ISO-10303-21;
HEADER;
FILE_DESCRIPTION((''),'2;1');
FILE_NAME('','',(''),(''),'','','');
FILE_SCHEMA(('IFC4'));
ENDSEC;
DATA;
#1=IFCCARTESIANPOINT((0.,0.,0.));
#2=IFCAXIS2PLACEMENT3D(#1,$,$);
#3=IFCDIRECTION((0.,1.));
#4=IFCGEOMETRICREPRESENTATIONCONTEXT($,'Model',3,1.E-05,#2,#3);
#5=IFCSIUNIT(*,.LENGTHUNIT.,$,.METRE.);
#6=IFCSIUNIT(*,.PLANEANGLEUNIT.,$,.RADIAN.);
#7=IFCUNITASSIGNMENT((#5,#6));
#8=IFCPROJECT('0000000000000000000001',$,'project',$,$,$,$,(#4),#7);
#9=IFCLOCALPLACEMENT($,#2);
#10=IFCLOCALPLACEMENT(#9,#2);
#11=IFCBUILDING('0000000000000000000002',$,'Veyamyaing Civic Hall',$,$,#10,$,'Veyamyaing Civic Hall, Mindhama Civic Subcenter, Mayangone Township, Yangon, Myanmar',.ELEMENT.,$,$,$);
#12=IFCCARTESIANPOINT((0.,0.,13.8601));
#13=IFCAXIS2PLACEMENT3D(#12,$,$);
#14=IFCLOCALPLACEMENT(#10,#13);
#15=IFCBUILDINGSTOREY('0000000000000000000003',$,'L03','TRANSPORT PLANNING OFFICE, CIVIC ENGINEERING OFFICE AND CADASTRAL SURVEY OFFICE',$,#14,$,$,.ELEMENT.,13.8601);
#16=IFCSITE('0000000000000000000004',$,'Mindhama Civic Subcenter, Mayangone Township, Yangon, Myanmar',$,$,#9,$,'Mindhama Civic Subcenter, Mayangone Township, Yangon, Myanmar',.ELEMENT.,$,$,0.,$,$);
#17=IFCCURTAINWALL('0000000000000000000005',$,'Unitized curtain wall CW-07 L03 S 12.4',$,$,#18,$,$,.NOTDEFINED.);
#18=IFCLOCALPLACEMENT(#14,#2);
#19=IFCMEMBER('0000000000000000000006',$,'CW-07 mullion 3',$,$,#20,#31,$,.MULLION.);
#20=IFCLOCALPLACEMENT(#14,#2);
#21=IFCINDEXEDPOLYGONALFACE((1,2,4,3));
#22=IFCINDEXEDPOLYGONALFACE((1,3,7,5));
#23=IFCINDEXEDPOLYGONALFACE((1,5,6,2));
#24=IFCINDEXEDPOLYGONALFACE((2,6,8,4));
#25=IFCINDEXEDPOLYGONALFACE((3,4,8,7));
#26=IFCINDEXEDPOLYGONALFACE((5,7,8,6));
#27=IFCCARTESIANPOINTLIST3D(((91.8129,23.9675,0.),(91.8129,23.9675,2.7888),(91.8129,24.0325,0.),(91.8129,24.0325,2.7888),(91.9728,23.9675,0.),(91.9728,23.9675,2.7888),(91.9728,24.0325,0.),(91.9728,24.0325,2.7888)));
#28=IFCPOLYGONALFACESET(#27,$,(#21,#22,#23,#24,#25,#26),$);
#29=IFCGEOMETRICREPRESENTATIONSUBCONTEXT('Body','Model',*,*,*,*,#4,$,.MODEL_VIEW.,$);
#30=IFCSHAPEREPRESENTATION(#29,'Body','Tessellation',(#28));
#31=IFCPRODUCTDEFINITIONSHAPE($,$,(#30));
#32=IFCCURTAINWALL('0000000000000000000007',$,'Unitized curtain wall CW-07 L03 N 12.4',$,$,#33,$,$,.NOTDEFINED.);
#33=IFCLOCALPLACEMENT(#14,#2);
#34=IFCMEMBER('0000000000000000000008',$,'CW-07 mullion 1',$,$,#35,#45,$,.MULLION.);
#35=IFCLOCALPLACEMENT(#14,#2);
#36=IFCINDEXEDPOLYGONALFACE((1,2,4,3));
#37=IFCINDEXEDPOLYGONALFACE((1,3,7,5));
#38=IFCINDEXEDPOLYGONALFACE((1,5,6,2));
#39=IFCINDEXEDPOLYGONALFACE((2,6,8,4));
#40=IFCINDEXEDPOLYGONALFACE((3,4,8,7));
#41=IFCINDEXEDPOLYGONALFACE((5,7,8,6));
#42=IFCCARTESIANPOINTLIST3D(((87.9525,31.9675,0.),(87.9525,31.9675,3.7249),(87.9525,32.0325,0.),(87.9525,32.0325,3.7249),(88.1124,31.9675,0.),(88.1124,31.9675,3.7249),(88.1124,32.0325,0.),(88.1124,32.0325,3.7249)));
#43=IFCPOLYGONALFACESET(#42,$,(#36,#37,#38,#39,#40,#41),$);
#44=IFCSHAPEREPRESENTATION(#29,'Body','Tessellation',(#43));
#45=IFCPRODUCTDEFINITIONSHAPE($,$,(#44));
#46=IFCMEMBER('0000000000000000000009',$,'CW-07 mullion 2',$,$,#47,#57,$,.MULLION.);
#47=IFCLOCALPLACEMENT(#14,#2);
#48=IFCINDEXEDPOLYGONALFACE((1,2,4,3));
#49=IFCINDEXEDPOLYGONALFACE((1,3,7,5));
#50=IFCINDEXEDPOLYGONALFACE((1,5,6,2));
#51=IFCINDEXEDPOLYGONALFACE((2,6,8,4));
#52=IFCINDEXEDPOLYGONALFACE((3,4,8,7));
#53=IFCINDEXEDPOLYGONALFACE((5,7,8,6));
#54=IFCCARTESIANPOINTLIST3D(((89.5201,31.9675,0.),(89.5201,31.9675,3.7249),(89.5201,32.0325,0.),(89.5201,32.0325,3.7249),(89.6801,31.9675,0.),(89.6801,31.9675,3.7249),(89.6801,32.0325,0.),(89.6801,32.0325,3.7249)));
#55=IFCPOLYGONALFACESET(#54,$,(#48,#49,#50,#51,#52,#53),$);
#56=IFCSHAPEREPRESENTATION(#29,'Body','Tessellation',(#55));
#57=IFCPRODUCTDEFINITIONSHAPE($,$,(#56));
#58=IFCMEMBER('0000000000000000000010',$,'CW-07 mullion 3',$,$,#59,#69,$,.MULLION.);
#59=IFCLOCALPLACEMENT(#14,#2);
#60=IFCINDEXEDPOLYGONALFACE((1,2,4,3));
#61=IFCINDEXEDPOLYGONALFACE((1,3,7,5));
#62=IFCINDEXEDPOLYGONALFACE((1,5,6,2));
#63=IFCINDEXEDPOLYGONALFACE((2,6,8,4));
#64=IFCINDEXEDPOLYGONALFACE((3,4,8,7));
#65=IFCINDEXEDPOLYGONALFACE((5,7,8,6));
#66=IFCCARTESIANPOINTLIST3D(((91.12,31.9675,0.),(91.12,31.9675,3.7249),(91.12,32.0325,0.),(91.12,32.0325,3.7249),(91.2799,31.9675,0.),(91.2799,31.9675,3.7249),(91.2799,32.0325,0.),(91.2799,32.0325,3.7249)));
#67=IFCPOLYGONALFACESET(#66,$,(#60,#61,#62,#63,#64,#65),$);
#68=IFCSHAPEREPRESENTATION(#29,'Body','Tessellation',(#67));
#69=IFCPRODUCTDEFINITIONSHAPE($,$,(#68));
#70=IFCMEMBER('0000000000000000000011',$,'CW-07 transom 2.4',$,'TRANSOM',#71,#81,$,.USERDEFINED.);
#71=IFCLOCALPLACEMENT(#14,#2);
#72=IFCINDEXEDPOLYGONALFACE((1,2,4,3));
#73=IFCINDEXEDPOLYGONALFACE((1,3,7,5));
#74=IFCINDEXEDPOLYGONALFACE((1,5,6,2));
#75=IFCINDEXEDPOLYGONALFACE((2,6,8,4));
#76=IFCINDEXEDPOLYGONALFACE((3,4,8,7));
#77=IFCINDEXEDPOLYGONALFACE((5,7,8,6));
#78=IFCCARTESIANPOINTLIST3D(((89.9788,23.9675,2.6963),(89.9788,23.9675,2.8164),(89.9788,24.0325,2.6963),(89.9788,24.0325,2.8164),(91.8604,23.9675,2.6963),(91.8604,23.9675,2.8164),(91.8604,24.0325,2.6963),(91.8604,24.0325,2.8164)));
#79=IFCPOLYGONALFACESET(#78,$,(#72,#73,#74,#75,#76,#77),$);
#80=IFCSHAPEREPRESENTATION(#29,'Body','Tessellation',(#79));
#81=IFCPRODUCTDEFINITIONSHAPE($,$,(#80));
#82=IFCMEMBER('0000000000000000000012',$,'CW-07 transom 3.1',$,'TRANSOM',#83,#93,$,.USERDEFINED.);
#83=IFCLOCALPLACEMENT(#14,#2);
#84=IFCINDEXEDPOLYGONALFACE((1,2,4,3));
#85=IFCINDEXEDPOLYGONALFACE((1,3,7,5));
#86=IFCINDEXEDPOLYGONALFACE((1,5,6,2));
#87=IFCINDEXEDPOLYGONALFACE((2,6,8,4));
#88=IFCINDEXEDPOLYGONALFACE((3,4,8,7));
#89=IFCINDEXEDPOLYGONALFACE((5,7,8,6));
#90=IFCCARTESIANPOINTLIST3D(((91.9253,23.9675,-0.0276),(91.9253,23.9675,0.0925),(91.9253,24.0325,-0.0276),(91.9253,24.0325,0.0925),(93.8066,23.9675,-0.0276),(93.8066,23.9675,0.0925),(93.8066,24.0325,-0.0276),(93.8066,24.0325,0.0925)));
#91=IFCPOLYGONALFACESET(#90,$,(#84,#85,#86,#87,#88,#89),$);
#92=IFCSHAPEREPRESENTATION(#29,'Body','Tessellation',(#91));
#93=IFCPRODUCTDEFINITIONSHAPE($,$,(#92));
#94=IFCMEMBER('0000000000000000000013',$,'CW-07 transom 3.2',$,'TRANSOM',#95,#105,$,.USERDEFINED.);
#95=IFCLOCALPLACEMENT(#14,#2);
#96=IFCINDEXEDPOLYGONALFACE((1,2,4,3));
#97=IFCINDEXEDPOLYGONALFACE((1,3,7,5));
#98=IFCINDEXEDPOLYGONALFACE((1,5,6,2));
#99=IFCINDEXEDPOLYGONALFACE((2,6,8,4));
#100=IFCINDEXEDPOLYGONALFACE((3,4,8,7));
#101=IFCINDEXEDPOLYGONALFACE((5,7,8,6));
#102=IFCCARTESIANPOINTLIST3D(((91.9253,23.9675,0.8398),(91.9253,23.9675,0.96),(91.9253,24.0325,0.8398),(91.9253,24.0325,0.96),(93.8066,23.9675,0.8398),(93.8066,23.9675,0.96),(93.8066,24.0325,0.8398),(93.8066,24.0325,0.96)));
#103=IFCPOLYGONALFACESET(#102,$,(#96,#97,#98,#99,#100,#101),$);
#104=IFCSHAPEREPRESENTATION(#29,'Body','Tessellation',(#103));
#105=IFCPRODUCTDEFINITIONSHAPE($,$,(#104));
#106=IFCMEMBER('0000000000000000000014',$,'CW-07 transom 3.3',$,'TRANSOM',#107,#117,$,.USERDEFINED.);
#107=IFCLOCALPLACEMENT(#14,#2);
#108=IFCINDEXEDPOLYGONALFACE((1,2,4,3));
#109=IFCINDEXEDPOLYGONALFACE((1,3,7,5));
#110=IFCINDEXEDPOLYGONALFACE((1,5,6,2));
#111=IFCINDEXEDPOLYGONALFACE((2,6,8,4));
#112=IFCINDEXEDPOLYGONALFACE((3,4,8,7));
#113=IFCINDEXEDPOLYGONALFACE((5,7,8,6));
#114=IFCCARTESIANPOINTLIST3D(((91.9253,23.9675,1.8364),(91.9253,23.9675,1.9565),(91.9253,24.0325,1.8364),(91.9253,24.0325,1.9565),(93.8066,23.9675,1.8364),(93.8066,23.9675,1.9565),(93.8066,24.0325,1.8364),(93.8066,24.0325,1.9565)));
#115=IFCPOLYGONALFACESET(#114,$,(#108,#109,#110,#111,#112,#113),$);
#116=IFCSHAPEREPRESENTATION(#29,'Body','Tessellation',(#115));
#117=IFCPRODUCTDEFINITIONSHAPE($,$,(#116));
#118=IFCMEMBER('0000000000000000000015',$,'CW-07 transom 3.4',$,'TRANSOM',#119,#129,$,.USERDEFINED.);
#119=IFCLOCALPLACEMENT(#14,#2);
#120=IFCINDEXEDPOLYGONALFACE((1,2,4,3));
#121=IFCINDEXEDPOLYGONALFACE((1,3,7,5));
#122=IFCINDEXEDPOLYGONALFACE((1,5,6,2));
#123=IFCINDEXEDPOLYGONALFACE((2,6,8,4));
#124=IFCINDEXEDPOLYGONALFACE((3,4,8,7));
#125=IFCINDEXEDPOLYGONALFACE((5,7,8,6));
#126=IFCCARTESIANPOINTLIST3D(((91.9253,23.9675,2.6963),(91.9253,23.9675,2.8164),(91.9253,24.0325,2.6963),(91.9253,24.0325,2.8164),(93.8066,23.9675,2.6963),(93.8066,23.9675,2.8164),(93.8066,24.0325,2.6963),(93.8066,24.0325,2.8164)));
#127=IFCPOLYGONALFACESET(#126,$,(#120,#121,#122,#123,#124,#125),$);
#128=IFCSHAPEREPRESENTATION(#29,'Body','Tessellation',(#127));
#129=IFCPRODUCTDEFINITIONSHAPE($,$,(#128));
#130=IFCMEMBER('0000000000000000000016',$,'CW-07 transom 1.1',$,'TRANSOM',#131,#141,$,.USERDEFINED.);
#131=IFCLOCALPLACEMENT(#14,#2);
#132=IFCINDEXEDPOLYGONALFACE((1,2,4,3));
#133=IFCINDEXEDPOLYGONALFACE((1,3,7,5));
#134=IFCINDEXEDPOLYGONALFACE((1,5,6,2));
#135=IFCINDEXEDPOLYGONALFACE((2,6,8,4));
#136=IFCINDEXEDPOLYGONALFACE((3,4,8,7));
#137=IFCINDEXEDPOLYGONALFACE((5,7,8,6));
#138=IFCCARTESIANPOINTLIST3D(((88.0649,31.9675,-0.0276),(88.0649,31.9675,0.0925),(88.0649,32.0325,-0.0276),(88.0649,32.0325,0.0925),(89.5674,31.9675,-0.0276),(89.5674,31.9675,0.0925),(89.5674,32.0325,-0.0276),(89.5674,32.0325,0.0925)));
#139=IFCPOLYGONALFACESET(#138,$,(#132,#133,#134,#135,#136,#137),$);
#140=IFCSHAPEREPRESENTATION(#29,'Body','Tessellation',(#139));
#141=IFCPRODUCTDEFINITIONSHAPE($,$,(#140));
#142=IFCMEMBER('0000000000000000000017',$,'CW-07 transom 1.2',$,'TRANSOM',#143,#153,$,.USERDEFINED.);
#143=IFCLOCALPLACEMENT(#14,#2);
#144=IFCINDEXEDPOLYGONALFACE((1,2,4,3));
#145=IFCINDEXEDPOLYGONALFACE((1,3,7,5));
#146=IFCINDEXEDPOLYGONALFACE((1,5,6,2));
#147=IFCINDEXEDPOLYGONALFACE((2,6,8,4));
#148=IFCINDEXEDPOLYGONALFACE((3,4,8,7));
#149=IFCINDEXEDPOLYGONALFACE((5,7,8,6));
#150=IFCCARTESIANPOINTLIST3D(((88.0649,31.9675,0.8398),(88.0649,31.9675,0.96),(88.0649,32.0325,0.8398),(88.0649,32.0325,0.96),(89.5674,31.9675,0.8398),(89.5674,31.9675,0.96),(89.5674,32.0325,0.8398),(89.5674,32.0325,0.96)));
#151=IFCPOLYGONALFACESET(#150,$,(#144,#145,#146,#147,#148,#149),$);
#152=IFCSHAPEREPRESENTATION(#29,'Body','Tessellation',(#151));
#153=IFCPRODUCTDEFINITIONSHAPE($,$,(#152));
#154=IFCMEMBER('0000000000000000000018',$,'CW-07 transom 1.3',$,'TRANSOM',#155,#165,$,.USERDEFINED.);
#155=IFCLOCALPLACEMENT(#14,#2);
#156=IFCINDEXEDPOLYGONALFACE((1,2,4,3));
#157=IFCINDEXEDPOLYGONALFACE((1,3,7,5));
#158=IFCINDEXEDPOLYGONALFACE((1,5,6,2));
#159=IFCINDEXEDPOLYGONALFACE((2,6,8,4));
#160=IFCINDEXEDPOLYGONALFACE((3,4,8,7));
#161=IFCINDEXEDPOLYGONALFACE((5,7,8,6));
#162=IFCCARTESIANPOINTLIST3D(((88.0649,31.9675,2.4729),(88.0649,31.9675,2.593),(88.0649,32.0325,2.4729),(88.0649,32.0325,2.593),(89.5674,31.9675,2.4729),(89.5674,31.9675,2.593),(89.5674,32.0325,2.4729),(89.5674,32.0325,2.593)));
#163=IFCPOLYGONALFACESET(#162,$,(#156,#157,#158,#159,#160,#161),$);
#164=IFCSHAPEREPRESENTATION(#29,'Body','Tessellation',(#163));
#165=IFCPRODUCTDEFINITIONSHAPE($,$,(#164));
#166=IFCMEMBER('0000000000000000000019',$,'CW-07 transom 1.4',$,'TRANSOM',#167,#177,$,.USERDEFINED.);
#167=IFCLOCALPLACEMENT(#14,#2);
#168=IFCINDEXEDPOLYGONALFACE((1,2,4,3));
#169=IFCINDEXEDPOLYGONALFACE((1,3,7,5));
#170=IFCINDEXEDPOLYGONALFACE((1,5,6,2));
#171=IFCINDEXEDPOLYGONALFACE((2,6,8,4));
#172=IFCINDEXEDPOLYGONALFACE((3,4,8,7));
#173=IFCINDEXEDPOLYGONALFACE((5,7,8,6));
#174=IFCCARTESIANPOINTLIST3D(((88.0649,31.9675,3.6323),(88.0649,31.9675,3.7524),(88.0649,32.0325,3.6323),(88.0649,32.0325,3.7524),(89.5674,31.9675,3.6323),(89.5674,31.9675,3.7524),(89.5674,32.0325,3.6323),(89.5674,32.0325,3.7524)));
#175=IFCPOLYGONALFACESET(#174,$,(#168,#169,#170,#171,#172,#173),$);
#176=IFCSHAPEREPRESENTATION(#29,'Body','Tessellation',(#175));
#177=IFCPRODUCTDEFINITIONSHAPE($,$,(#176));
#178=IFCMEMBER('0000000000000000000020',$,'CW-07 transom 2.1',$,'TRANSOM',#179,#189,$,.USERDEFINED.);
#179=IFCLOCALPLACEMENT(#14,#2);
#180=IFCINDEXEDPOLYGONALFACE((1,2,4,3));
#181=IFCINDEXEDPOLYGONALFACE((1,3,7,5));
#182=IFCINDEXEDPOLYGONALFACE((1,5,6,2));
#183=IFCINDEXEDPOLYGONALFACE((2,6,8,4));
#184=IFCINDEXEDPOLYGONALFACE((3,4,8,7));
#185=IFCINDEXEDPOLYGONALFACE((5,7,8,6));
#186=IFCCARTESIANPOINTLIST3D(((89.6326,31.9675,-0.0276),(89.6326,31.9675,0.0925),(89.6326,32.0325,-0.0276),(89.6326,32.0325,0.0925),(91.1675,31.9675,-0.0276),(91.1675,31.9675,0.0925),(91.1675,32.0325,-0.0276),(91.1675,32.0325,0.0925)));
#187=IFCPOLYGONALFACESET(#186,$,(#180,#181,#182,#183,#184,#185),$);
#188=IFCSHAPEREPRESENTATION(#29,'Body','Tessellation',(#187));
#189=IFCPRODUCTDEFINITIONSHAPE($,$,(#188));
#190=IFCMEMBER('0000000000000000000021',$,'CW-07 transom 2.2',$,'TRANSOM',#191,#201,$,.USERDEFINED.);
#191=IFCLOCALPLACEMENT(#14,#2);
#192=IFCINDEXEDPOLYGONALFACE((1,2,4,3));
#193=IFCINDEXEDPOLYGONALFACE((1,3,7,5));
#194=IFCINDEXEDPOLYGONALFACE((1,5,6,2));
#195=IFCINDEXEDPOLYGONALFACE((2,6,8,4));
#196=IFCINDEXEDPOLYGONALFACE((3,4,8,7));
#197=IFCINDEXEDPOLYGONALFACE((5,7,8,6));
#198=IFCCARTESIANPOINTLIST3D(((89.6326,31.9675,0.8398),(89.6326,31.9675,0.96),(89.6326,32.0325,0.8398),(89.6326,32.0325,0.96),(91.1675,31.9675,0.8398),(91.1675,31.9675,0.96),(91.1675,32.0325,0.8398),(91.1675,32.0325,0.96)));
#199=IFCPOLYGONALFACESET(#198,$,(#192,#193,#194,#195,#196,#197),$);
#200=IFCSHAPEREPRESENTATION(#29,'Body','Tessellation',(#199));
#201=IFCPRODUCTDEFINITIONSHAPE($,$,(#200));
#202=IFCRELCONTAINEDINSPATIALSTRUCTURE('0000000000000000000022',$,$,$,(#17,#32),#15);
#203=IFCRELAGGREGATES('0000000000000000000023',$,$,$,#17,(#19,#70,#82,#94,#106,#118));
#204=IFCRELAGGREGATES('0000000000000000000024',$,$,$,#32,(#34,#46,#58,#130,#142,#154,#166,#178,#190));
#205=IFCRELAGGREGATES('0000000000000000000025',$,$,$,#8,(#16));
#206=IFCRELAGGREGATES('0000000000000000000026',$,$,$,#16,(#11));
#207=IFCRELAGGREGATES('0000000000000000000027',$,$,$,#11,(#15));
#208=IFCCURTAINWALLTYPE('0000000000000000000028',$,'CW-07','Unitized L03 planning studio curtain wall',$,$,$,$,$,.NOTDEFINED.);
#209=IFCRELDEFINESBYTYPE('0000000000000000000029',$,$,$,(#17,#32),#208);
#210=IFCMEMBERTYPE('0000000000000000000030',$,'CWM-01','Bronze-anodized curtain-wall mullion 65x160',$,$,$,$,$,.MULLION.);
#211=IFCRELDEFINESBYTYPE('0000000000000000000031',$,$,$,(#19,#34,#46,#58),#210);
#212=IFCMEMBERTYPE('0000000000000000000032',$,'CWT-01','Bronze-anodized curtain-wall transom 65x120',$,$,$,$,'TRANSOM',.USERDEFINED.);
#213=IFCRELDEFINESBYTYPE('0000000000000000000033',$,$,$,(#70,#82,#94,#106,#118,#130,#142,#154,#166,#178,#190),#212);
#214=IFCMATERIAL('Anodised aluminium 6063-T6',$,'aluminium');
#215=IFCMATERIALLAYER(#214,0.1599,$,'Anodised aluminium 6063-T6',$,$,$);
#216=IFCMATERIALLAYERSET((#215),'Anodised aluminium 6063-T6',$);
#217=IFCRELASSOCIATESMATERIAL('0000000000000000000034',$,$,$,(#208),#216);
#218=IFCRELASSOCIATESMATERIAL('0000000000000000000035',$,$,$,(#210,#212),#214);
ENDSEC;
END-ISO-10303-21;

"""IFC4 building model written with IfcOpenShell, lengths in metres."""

from ifc_helpers import new_model, si_unit, direction, frame, origin, origin_2d, place, context, subcontext, project, spatial, rectangle, extrude, material, layer, layer_set, material_profile, profile_set, type_object, element, aggregate, save


model = new_model("IFC4")

# Units and contexts
model_context = context("Model", 3, precision=1e-05, world=origin(), true_north=direction((0.0, 1.0)))
body_context = subcontext(model_context, "Body", "Model", "MODEL_VIEW")
ifc_project = project(units=[si_unit("LENGTHUNIT", "METRE"), si_unit("PLANEANGLEUNIT", "RADIAN")], contexts=[model_context])

# Site, building, storey
site_placement = place(None, origin())
site = spatial("IfcSite", under=ifc_project, at=site_placement, Name="Mindhama Civic Subcenter, Mayangone Township, Yangon, Myanmar", LongName="Mindhama Civic Subcenter, Mayangone Township, Yangon, Myanmar", CompositionType="ELEMENT", RefElevation=0.0)
building_placement = place(site_placement, origin())
building = spatial("IfcBuilding", under=site, at=building_placement, Name="Veyamyaing Civic Hall", LongName="Veyamyaing Civic Hall, Mindhama Civic Subcenter, Mayangone Township, Yangon, Myanmar", CompositionType="ELEMENT")
storey_placement = place(building_placement, frame((0.0, 0.0, 13.8601)))
storey = spatial("IfcBuildingStorey", under=building, at=storey_placement, Name="L03", Description="TRANSPORT PLANNING OFFICE, CIVIC ENGINEERING OFFICE AND CADASTRAL SURVEY OFFICE", CompositionType="ELEMENT", Elevation=13.8601)

# Curtain wall, member
ifc_material_1 = material(Name="Anodised aluminium 6063-T6", Category="aluminium")
ifc_layer_1 = layer(ifc_material_1, 0.1599, Name="Anodised aluminium 6063-T6")
ifc_layer_set_1 = layer_set([ifc_layer_1], Name="Anodised aluminium 6063-T6")
curtain_wall_type = type_object("IfcCurtainWallType", Name="CW-07", Description="Unitized L03 planning studio curtain wall", PredefinedType="NOTDEFINED", material=ifc_layer_set_1)
curtain_wall_1_placement = place(storey_placement, origin())
curtain_wall_1 = element("IfcCurtainWall", 1, at=curtain_wall_1_placement, inside=storey, type_object=curtain_wall_type, Name="Unitized curtain wall CW-07 L03 S 12.4", PredefinedType="NOTDEFINED")
ifc_material_profile_1 = material_profile(ifc_material_1, rectangle(XDim=0.0649, YDim=0.1599, at=origin_2d()), Name="ALU-MUL-65X160")
ifc_profile_set_1 = profile_set([ifc_material_profile_1], Name="Anodised aluminium 6063-T6")
member_type_1 = type_object("IfcMemberType", Name="CWM-01", Description="Bronze-anodized curtain-wall mullion 65x160", PredefinedType="MULLION", material=ifc_profile_set_1)
member_1_placement = place(storey_placement, frame((91.8928, 24.0, 0.0), z_axis=(0.0, 0.0, 1.0), x_axis=(0.0, 1.0, 0.0)))
member_1 = element("IfcMember", 2, at=member_1_placement, type_object=member_type_1, Name="CW-07 mullion 3", PredefinedType="MULLION", context=body_context, shape_type="SweptSolid", body=[
    extrude(rectangle(XDim=0.0649, YDim=0.1599, at=origin_2d()), origin(), (0.0, 0.0, 1.0), 2.7888),
])

# Curtain wall, members
curtain_wall_2_placement = place(storey_placement, origin())
curtain_wall_2 = element("IfcCurtainWall", 3, at=curtain_wall_2_placement, inside=storey, type_object=curtain_wall_type, Name="Unitized curtain wall CW-07 L03 N 12.4", PredefinedType="NOTDEFINED")
member_2_placement = place(storey_placement, frame((88.0325, 32.0, 0.0), z_axis=(0.0, 0.0, 1.0), x_axis=(0.0, 1.0, 0.0)))
member_2 = element("IfcMember", 4, at=member_2_placement, type_object=member_type_1, Name="CW-07 mullion 1", PredefinedType="MULLION", context=body_context, shape_type="SweptSolid", body=[
    extrude(rectangle(XDim=0.0649, YDim=0.1599, at=origin_2d()), origin(), (0.0, 0.0, 1.0), 3.7249),
])
member_3_placement = place(storey_placement, frame((89.6001, 32.0, 0.0), z_axis=(0.0, 0.0, 1.0), x_axis=(0.0, 1.0, 0.0)))
member_3 = element("IfcMember", 5, at=member_3_placement, type_object=member_type_1, Name="CW-07 mullion 2", PredefinedType="MULLION", context=body_context, shape_type="SweptSolid", body=[
    extrude(rectangle(XDim=0.0649, YDim=0.1599, at=origin_2d()), origin(), (0.0, 0.0, 1.0), 3.7249),
])
member_4_placement = place(storey_placement, frame((91.2, 32.0, 0.0), z_axis=(0.0, 0.0, 1.0), x_axis=(0.0, 1.0, 0.0)))
member_4 = element("IfcMember", 6, at=member_4_placement, type_object=member_type_1, Name="CW-07 mullion 3", PredefinedType="MULLION", context=body_context, shape_type="SweptSolid", body=[
    extrude(rectangle(XDim=0.0649, YDim=0.1599, at=origin_2d()), origin(), (0.0, 0.0, 1.0), 3.7249),
])

# Members
ifc_material_profile_2 = material_profile(ifc_material_1, rectangle(XDim=0.0649, YDim=0.1201, at=origin_2d()), Name="ALU-TRN-65X120")
ifc_profile_set_2 = profile_set([ifc_material_profile_2], Name="Anodised aluminium 6063-T6")
member_type_2 = type_object("IfcMemberType", Name="CWT-01", Description="Bronze-anodized curtain-wall transom 65x120", ElementType="TRANSOM", PredefinedType="USERDEFINED", material=ifc_profile_set_2)
member_5_placement = place(storey_placement, frame((89.9788, 24.0, 2.7563), z_axis=(1.0, 0.0, 0.0), x_axis=(0.0, 1.0, 0.0)))
member_5 = element("IfcMember", 7, at=member_5_placement, type_object=member_type_2, Name="CW-07 transom 2.4", ObjectType="TRANSOM", PredefinedType="USERDEFINED", context=body_context, shape_type="SweptSolid", body=[
    extrude(rectangle(XDim=0.0649, YDim=0.1201, at=origin_2d()), origin(), (0.0, 0.0, 1.0), 1.8816),
])
member_6_placement = place(storey_placement, frame((91.9253, 24.0, 0.0325), z_axis=(1.0, 0.0, 0.0), x_axis=(0.0, 1.0, 0.0)))
member_6 = element("IfcMember", 8, at=member_6_placement, type_object=member_type_2, Name="CW-07 transom 3.1", ObjectType="TRANSOM", PredefinedType="USERDEFINED", context=body_context, shape_type="SweptSolid", body=[
    extrude(rectangle(XDim=0.0649, YDim=0.1201, at=origin_2d()), origin(), (0.0, 0.0, 1.0), 1.8813),
])
member_7_placement = place(storey_placement, frame((91.9253, 24.0, 0.8999), z_axis=(1.0, 0.0, 0.0), x_axis=(0.0, 1.0, 0.0)))
member_7 = element("IfcMember", 9, at=member_7_placement, type_object=member_type_2, Name="CW-07 transom 3.2", ObjectType="TRANSOM", PredefinedType="USERDEFINED", context=body_context, shape_type="SweptSolid", body=[
    extrude(rectangle(XDim=0.0649, YDim=0.1201, at=origin_2d()), origin(), (0.0, 0.0, 1.0), 1.8813),
])
member_8_placement = place(storey_placement, frame((91.9253, 24.0, 1.8965), z_axis=(1.0, 0.0, 0.0), x_axis=(0.0, 1.0, 0.0)))
member_8 = element("IfcMember", 10, at=member_8_placement, type_object=member_type_2, Name="CW-07 transom 3.3", ObjectType="TRANSOM", PredefinedType="USERDEFINED", context=body_context, shape_type="SweptSolid", body=[
    extrude(rectangle(XDim=0.0649, YDim=0.1201, at=origin_2d()), origin(), (0.0, 0.0, 1.0), 1.8813),
])
member_9_placement = place(storey_placement, frame((91.9253, 24.0, 2.7563), z_axis=(1.0, 0.0, 0.0), x_axis=(0.0, 1.0, 0.0)))
member_9 = element("IfcMember", 11, at=member_9_placement, type_object=member_type_2, Name="CW-07 transom 3.4", ObjectType="TRANSOM", PredefinedType="USERDEFINED", context=body_context, shape_type="SweptSolid", body=[
    extrude(rectangle(XDim=0.0649, YDim=0.1201, at=origin_2d()), origin(), (0.0, 0.0, 1.0), 1.8813),
])
member_10_placement = place(storey_placement, frame((88.0649, 32.0, 0.0325), z_axis=(1.0, 0.0, 0.0), x_axis=(0.0, 1.0, 0.0)))
member_10 = element("IfcMember", 12, at=member_10_placement, type_object=member_type_2, Name="CW-07 transom 1.1", ObjectType="TRANSOM", PredefinedType="USERDEFINED", context=body_context, shape_type="SweptSolid", body=[
    extrude(rectangle(XDim=0.0649, YDim=0.1201, at=origin_2d()), origin(), (0.0, 0.0, 1.0), 1.5024),
])
member_11_placement = place(storey_placement, frame((88.0649, 32.0, 0.8999), z_axis=(1.0, 0.0, 0.0), x_axis=(0.0, 1.0, 0.0)))
member_11 = element("IfcMember", 13, at=member_11_placement, type_object=member_type_2, Name="CW-07 transom 1.2", ObjectType="TRANSOM", PredefinedType="USERDEFINED", context=body_context, shape_type="SweptSolid", body=[
    extrude(rectangle(XDim=0.0649, YDim=0.1201, at=origin_2d()), origin(), (0.0, 0.0, 1.0), 1.5024),
])
member_12_placement = place(storey_placement, frame((88.0649, 32.0, 2.533), z_axis=(1.0, 0.0, 0.0), x_axis=(0.0, 1.0, 0.0)))
member_12 = element("IfcMember", 14, at=member_12_placement, type_object=member_type_2, Name="CW-07 transom 1.3", ObjectType="TRANSOM", PredefinedType="USERDEFINED", context=body_context, shape_type="SweptSolid", body=[
    extrude(rectangle(XDim=0.0649, YDim=0.1201, at=origin_2d()), origin(), (0.0, 0.0, 1.0), 1.5024),
])
member_13_placement = place(storey_placement, frame((88.0649, 32.0, 3.6924), z_axis=(1.0, 0.0, 0.0), x_axis=(0.0, 1.0, 0.0)))
member_13 = element("IfcMember", 15, at=member_13_placement, type_object=member_type_2, Name="CW-07 transom 1.4", ObjectType="TRANSOM", PredefinedType="USERDEFINED", context=body_context, shape_type="SweptSolid", body=[
    extrude(rectangle(XDim=0.0649, YDim=0.1201, at=origin_2d()), origin(), (0.0, 0.0, 1.0), 1.5024),
])
member_14_placement = place(storey_placement, frame((89.6326, 32.0, 0.0325), z_axis=(1.0, 0.0, 0.0), x_axis=(0.0, 1.0, 0.0)))
member_14 = element("IfcMember", 16, at=member_14_placement, type_object=member_type_2, Name="CW-07 transom 2.1", ObjectType="TRANSOM", PredefinedType="USERDEFINED", context=body_context, shape_type="SweptSolid", body=[
    extrude(rectangle(XDim=0.0649, YDim=0.1201, at=origin_2d()), origin(), (0.0, 0.0, 1.0), 1.5349),
])
member_15_placement = place(storey_placement, frame((89.6326, 32.0, 0.8999), z_axis=(1.0, 0.0, 0.0), x_axis=(0.0, 1.0, 0.0)))
member_15 = element("IfcMember", 17, at=member_15_placement, type_object=member_type_2, Name="CW-07 transom 2.2", ObjectType="TRANSOM", PredefinedType="USERDEFINED", context=body_context, shape_type="SweptSolid", body=[
    extrude(rectangle(XDim=0.0649, YDim=0.1201, at=origin_2d()), origin(), (0.0, 0.0, 1.0), 1.5349),
])

aggregate(curtain_wall_1, [member_1, member_5, member_6, member_7, member_8, member_9])
aggregate(curtain_wall_2, [member_2, member_3, member_4, member_10, member_11, member_12, member_13, member_14, member_15])

save(model, "model.ifc")
